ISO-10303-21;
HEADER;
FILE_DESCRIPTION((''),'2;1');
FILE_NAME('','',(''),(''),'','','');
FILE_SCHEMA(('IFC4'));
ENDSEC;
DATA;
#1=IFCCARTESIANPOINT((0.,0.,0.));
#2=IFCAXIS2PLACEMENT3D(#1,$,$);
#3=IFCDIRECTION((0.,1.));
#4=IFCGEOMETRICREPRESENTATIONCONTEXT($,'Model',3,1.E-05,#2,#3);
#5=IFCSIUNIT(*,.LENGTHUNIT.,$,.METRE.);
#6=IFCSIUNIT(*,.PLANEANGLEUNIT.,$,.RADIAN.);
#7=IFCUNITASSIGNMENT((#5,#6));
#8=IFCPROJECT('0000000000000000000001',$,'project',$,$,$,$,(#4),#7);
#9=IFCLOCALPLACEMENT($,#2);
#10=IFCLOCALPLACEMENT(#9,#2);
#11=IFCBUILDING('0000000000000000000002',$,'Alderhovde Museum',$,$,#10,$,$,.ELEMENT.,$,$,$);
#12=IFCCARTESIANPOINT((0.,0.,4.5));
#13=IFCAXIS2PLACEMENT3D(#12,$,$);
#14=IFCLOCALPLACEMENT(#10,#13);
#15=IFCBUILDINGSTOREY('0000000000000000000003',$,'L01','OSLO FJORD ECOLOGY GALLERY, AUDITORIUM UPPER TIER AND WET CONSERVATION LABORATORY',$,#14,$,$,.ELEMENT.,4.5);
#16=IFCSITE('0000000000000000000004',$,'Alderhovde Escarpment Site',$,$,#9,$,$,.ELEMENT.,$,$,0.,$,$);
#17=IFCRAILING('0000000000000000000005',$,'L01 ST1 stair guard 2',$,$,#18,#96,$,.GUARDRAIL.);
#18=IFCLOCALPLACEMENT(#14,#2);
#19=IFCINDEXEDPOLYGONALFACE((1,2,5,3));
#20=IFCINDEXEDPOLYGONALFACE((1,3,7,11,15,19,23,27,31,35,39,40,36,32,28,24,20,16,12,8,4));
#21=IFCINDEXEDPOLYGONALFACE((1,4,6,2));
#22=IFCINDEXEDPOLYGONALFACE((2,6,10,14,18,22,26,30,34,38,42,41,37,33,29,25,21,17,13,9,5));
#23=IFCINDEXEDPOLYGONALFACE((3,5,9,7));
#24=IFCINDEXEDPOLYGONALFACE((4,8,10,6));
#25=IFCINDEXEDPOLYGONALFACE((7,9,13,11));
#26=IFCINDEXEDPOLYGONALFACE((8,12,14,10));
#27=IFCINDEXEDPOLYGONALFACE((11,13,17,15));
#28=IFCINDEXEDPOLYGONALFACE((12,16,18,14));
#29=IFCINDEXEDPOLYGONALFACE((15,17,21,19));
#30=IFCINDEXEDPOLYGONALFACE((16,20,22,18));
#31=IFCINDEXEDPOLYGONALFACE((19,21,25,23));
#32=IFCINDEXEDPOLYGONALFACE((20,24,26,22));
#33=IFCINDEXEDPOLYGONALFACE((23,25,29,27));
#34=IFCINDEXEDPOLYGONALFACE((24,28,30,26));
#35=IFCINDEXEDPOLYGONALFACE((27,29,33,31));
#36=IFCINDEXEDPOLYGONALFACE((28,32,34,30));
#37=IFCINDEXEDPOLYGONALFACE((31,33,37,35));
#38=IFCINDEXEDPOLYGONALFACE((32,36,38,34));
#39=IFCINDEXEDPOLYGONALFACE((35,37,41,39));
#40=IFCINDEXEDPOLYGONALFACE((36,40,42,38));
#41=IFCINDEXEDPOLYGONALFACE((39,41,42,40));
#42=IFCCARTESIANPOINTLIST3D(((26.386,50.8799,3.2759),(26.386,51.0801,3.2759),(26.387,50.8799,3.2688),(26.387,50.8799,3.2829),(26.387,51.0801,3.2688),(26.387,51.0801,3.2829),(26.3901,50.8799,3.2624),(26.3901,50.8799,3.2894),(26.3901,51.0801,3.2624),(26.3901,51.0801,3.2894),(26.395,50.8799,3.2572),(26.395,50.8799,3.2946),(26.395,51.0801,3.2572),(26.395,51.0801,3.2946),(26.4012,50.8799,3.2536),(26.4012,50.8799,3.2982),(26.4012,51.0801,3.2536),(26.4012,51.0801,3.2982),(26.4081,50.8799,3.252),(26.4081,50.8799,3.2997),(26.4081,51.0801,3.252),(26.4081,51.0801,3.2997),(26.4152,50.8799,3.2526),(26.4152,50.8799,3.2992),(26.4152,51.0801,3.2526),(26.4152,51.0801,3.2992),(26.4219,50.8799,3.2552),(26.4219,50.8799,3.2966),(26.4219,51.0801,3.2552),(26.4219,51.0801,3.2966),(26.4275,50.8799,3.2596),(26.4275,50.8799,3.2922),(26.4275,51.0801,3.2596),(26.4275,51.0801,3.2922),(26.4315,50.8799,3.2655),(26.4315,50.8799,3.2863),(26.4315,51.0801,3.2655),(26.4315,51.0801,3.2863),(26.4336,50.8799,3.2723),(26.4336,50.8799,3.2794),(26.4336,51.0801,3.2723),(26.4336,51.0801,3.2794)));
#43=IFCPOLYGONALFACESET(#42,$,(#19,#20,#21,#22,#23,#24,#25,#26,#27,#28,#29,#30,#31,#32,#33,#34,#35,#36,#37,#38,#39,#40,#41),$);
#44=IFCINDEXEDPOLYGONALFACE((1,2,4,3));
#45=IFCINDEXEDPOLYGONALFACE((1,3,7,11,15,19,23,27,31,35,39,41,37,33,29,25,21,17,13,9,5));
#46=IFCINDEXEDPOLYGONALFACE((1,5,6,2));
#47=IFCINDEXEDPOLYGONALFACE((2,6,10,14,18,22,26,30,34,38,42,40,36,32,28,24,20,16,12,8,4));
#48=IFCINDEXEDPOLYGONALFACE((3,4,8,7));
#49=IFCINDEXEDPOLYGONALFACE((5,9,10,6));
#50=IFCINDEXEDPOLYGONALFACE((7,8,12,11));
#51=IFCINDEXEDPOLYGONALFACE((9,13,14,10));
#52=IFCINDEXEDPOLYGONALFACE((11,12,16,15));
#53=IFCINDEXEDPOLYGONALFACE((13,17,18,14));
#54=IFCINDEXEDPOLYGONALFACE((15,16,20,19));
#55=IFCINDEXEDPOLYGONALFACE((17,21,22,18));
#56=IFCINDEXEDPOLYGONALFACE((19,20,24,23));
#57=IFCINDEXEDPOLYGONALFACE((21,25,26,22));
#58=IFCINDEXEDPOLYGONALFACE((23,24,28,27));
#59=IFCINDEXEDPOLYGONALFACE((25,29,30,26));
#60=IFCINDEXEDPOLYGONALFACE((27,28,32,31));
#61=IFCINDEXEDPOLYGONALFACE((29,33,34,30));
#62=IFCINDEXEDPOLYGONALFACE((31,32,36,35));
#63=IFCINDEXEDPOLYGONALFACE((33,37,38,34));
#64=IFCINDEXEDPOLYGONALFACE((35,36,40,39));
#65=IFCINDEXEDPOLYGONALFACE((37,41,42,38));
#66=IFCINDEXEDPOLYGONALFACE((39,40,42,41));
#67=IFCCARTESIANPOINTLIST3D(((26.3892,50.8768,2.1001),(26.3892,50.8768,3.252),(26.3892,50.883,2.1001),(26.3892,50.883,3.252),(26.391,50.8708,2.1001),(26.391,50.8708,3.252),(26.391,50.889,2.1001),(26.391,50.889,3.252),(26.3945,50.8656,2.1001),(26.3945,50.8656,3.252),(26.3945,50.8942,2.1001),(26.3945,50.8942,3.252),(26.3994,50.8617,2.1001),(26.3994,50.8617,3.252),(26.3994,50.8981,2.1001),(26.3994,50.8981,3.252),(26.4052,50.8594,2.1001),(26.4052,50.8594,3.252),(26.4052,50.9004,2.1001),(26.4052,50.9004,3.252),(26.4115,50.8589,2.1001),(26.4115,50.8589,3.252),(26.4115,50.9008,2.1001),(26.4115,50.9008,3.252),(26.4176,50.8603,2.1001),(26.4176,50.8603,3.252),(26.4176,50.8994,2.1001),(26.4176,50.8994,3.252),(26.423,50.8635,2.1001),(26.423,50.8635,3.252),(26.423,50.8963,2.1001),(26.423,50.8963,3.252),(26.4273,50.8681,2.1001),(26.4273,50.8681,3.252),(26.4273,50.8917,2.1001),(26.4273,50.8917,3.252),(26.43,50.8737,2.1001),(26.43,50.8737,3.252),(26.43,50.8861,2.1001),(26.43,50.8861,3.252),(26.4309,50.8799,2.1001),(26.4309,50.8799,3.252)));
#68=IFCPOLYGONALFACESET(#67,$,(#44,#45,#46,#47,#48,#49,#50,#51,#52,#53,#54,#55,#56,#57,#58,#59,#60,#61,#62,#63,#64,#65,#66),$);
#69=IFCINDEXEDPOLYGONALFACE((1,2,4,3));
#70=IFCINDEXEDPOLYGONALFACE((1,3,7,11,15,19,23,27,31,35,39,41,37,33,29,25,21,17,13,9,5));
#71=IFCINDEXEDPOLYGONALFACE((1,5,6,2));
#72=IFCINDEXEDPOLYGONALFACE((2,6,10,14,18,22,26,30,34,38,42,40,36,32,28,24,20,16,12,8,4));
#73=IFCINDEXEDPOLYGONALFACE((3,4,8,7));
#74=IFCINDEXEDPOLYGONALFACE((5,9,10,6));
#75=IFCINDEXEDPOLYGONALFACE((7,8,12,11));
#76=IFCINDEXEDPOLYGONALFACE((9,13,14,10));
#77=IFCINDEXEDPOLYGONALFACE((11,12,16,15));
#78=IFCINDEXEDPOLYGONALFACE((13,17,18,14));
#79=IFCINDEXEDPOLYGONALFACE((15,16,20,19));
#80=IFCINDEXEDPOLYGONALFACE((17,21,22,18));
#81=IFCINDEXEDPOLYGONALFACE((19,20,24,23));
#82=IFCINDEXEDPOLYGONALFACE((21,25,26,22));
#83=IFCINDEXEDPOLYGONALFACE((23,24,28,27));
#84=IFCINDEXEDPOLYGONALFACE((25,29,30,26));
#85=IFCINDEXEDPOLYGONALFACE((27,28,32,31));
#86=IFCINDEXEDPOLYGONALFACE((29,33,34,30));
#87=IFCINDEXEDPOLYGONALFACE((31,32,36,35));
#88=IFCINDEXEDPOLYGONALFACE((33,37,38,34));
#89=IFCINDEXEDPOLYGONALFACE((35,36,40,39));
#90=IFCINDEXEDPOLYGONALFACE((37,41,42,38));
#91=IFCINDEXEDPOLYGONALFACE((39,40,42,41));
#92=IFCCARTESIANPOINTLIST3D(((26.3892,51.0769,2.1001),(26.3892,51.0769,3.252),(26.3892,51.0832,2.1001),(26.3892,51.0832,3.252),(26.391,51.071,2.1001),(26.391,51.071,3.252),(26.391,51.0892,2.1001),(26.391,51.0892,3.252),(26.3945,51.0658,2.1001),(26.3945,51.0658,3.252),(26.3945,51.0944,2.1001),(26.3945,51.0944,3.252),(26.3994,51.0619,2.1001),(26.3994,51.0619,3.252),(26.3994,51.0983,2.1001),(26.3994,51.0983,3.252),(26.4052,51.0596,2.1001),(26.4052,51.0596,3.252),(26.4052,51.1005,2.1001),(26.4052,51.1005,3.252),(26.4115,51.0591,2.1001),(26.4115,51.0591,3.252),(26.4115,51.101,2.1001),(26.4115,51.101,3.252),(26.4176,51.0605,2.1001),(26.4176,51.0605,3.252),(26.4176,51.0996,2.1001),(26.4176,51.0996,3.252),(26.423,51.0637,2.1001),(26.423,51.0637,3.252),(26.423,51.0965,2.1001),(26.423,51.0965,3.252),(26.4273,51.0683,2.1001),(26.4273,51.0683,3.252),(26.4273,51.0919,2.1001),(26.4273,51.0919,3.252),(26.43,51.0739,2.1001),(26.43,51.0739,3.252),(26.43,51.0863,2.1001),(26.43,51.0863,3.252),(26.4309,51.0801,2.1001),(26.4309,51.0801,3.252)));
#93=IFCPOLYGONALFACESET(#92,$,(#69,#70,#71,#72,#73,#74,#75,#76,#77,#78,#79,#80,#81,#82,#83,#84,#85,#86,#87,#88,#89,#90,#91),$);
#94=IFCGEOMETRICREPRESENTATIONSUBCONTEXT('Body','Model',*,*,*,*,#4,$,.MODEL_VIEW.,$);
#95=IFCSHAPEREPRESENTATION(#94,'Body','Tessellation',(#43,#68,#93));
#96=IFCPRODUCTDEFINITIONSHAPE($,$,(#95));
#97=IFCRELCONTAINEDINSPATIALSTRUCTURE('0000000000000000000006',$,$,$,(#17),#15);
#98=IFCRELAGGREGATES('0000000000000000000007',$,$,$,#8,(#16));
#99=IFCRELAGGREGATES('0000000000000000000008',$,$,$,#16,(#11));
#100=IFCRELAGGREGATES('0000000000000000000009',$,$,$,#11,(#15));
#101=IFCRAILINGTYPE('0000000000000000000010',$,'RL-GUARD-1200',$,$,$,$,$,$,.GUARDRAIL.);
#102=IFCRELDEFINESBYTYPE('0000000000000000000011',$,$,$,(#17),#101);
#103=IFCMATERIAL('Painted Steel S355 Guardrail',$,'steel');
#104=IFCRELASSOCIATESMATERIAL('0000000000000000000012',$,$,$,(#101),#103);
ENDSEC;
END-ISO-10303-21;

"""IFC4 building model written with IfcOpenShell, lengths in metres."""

from ifc_helpers import new_model, si_unit, direction, frame, origin, origin_2d, place, context, subcontext, project, spatial, circle, extrude, material, type_object, element, save


model = new_model("IFC4")

# Units and contexts
model_context = context("Model", 3, precision=1e-05, world=origin(), true_north=direction((0.0, 1.0)))
body_context = subcontext(model_context, "Body", "Model", "MODEL_VIEW")
ifc_project = project(units=[si_unit("LENGTHUNIT", "METRE"), si_unit("PLANEANGLEUNIT", "RADIAN")], contexts=[model_context])

# Site, building, storey
site_placement = place(None, origin())
site = spatial("IfcSite", under=ifc_project, at=site_placement, Name="Alderhovde Escarpment Site", CompositionType="ELEMENT", RefElevation=0.0)
building_placement = place(site_placement, origin())
building = spatial("IfcBuilding", under=site, at=building_placement, Name="Alderhovde Museum", CompositionType="ELEMENT")
storey_placement = place(building_placement, frame((0.0, 0.0, 4.5)))
storey = spatial("IfcBuildingStorey", under=building, at=storey_placement, Name="L01", Description="OSLO FJORD ECOLOGY GALLERY, AUDITORIUM UPPER TIER AND WET CONSERVATION LABORATORY", CompositionType="ELEMENT", Elevation=4.5)

# Railing
ifc_material_1 = material(Name="Painted Steel S355 Guardrail", Category="steel")
railing_type_1 = type_object("IfcRailingType", Name="RL-GUARD-1200", PredefinedType="GUARDRAIL", material=ifc_material_1)
railing_1_placement = place(storey_placement, frame((26.4099, 50.8799, 2.1001)))
element("IfcRailing", 1, at=railing_1_placement, inside=storey, type_object=railing_type_1, Name="L01 ST1 stair guard 2", PredefinedType="GUARDRAIL", context=body_context, shape_type="SweptSolid", body=[
    extrude(circle(Radius=0.0239, at=origin_2d()), frame((0.0, 0.0, 1.1758), z_axis=(0.0, 1.0, 0.0), x_axis=(-1.0, 0.0, 0.0)), (0.0, 0.0, 1.0), 0.2002),
    extrude(circle(Radius=0.021, at=origin_2d()), origin(), (0.0, 0.0, 1.0), 1.1519),
    extrude(circle(Radius=0.021, at=origin_2d()), frame((0.0, 0.2002, 0.0)), (0.0, 0.0, 1.0), 1.1519),
])

save(model, "model.ifc")
